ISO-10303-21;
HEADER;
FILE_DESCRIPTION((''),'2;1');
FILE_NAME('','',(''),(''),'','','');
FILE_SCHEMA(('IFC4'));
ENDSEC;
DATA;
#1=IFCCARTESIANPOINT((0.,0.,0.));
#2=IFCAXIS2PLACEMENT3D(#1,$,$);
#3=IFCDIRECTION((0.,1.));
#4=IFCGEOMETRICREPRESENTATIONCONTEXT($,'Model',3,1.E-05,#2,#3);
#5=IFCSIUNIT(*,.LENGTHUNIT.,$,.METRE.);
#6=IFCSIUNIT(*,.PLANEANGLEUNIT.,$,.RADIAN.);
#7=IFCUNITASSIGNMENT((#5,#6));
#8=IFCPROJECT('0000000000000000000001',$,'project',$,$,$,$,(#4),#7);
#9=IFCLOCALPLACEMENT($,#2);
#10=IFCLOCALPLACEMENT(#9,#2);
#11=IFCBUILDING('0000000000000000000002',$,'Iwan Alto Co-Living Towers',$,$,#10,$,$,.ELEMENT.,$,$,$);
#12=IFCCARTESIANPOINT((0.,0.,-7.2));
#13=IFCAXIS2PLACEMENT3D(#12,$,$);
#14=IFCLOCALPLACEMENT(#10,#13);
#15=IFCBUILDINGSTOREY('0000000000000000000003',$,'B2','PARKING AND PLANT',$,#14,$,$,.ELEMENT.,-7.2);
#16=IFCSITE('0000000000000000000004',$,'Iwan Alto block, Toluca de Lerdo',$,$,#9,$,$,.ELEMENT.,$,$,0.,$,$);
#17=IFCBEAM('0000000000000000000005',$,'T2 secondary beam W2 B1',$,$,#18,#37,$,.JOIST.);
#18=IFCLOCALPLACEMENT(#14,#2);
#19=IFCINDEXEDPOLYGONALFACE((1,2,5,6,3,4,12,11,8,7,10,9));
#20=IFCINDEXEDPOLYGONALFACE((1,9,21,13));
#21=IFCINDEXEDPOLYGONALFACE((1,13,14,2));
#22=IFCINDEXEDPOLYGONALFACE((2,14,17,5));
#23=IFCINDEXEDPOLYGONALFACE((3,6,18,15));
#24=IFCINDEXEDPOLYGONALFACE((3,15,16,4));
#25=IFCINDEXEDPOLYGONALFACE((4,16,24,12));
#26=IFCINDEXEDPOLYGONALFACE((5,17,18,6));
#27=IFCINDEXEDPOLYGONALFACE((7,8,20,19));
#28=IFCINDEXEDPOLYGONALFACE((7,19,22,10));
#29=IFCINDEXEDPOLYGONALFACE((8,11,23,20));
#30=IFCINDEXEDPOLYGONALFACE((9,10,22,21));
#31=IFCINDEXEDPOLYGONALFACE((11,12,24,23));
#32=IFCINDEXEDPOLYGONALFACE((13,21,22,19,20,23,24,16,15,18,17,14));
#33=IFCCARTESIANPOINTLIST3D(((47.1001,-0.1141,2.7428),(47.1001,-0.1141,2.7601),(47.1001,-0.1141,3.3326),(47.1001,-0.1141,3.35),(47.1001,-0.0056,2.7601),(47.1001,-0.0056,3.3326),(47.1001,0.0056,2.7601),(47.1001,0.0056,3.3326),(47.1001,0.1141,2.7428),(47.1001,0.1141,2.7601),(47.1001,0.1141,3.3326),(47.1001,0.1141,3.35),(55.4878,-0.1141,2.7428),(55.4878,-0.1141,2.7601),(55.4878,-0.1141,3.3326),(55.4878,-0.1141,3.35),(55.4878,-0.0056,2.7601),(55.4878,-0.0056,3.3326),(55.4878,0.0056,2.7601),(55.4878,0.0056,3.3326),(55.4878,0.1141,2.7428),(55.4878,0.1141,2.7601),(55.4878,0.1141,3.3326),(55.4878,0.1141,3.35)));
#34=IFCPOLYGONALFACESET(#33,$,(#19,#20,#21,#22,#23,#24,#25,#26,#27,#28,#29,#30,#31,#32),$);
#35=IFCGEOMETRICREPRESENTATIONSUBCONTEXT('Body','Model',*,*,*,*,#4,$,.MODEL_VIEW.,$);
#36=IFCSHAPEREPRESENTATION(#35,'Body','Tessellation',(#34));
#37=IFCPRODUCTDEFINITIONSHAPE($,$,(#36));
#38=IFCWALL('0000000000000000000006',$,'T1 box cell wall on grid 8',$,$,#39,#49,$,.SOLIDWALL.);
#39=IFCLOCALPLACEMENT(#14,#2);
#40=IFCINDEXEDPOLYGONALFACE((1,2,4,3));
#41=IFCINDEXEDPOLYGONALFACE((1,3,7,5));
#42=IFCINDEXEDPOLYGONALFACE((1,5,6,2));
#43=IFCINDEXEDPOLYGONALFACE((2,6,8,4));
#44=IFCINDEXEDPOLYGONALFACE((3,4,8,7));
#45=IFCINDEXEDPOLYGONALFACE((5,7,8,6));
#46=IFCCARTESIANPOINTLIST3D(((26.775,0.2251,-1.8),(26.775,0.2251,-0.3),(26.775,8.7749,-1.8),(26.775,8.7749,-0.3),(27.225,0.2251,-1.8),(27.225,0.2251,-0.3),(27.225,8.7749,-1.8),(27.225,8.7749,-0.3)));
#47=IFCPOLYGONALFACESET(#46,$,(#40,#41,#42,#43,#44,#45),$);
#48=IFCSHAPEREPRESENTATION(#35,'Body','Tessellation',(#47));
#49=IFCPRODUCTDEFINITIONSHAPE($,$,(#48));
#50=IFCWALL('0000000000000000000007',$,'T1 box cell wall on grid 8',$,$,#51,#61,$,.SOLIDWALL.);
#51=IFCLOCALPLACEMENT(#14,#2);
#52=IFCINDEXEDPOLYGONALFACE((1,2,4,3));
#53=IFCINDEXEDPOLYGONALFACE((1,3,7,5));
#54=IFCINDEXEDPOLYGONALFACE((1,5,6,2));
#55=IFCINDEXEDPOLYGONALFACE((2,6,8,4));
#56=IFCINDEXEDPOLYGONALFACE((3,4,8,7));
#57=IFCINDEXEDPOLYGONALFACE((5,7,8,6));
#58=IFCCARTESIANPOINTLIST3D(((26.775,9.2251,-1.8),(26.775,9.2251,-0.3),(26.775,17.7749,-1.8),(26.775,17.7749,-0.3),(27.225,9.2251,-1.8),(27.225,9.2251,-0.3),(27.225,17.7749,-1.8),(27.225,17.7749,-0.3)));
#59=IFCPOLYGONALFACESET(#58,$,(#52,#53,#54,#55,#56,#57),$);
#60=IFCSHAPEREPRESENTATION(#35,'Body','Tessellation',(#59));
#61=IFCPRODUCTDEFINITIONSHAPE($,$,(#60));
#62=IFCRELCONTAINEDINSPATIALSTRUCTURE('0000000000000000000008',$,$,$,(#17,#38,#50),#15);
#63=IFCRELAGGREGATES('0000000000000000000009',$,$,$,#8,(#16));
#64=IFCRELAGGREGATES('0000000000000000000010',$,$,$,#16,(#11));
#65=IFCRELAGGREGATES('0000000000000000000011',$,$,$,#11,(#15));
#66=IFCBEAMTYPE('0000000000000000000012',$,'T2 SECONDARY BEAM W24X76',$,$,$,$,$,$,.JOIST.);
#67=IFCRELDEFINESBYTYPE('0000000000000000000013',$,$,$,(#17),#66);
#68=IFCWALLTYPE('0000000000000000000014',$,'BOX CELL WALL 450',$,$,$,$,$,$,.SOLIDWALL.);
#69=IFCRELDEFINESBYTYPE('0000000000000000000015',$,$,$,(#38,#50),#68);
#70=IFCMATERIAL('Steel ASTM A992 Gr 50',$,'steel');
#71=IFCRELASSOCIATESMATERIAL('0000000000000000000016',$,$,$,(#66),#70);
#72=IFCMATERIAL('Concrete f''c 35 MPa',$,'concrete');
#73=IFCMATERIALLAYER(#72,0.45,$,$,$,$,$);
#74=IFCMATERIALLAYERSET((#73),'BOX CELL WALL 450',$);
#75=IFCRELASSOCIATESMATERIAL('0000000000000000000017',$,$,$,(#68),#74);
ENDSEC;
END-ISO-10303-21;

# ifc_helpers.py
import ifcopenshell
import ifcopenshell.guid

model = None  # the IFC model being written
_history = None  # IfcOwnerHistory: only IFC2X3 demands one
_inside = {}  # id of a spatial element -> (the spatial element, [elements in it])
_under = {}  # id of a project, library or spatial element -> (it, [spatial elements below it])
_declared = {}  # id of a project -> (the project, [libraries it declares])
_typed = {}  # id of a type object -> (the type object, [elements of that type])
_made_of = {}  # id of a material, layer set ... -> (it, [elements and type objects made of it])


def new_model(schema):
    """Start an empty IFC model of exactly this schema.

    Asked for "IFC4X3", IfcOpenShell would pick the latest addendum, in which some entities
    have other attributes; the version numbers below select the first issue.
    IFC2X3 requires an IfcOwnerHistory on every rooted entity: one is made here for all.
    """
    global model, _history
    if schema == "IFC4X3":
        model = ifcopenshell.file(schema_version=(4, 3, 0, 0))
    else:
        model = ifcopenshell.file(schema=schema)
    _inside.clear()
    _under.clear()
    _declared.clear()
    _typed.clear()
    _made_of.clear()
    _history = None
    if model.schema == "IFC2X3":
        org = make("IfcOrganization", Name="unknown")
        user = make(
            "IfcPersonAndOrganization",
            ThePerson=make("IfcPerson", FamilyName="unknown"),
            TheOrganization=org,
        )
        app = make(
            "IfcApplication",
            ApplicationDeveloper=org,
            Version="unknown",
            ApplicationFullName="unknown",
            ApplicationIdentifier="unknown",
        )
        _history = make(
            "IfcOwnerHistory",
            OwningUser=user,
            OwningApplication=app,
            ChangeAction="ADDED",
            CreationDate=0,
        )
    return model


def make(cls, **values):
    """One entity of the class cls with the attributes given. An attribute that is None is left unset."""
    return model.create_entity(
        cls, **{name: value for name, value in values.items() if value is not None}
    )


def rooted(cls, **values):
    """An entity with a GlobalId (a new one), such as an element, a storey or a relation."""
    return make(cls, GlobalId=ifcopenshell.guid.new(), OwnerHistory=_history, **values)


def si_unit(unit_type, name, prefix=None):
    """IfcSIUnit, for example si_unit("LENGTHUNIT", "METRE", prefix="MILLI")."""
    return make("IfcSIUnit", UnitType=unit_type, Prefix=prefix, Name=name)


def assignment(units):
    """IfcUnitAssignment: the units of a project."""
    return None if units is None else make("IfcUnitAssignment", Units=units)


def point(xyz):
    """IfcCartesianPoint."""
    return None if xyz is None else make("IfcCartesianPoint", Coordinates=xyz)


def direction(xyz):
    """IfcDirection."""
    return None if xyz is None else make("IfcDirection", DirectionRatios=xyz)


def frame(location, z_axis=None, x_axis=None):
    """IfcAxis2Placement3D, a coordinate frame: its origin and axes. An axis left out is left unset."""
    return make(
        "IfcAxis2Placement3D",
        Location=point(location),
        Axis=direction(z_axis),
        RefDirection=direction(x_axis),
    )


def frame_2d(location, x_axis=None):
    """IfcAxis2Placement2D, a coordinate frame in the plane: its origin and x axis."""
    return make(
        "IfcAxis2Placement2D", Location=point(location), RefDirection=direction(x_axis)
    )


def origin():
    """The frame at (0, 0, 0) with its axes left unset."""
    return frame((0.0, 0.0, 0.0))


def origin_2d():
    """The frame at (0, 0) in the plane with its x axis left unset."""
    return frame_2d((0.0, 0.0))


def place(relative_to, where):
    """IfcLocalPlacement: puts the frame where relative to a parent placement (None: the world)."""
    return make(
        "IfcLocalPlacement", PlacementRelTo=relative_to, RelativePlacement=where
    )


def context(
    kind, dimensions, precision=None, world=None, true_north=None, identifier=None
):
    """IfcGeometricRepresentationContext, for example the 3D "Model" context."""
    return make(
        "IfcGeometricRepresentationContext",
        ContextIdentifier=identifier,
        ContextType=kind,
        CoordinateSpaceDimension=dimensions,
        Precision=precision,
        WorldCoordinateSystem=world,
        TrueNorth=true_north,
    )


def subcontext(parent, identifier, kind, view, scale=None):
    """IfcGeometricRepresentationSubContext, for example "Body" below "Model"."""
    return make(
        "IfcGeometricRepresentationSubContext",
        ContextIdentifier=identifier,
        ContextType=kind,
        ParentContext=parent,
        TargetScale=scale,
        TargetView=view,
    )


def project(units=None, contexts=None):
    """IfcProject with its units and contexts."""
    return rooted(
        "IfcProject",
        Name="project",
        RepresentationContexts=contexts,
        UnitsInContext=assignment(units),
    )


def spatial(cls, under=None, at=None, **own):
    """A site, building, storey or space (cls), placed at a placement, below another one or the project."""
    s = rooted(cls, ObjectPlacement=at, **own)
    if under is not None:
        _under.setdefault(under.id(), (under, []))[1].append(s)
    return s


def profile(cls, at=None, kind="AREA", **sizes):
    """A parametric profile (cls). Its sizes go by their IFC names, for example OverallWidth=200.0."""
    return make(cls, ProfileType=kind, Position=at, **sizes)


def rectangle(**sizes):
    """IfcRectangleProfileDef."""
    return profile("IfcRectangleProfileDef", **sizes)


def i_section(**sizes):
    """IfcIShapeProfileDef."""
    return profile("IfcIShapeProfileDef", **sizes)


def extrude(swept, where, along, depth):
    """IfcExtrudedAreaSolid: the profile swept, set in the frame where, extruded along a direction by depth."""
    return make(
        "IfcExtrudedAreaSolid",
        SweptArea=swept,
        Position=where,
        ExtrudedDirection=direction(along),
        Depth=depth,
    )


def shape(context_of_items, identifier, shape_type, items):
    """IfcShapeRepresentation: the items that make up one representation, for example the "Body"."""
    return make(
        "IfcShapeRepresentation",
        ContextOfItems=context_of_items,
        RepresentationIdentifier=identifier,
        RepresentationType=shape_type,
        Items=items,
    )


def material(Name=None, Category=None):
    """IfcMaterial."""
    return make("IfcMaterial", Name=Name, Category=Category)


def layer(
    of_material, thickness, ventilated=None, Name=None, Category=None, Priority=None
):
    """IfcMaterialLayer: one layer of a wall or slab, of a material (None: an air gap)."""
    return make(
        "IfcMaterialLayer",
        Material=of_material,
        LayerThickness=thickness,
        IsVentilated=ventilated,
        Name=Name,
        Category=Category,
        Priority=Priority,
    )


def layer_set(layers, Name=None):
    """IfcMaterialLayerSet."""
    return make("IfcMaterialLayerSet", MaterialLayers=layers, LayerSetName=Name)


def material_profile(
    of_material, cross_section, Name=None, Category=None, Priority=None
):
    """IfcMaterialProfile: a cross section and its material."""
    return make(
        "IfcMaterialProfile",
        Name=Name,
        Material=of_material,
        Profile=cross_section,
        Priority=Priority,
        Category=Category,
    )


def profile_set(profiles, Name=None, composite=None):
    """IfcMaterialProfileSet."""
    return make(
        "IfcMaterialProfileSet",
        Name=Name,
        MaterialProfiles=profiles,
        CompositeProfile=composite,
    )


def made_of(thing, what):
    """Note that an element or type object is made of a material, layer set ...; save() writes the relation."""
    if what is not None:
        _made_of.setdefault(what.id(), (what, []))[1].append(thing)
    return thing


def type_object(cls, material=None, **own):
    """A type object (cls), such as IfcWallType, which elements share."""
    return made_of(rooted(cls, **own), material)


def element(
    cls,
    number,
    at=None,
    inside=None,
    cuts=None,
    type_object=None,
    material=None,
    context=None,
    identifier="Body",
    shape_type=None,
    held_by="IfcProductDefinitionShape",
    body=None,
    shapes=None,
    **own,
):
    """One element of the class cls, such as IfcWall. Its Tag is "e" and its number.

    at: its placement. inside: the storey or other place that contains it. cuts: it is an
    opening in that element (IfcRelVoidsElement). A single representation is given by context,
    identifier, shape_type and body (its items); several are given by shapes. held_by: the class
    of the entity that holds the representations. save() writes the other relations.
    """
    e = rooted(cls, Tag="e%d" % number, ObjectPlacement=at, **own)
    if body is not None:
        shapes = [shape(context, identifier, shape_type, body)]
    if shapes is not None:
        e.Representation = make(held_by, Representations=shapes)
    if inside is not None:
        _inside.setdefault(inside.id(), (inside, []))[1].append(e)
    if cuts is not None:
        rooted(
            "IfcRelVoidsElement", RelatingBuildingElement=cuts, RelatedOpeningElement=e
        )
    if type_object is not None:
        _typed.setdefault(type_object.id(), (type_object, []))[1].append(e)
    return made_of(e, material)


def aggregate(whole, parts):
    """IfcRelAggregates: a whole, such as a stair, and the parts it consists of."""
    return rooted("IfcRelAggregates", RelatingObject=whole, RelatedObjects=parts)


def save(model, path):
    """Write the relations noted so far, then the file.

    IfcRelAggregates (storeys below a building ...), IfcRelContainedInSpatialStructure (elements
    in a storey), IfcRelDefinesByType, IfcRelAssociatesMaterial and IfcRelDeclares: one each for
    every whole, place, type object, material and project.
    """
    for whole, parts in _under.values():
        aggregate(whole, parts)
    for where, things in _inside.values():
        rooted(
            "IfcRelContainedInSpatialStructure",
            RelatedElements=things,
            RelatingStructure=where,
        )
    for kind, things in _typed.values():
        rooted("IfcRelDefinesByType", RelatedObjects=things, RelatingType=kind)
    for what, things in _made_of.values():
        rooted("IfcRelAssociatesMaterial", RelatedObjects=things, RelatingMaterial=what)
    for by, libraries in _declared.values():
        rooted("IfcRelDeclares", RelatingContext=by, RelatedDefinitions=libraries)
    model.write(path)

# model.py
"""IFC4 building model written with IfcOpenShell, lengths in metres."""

from ifc_helpers import new_model, si_unit, direction, frame, frame_2d, origin, origin_2d, place, context, subcontext, project, spatial, rectangle, i_section, extrude, material, layer, layer_set, material_profile, profile_set, type_object, element, save


model = new_model("IFC4")

# Units and contexts
model_context = context("Model", 3, precision=1e-05, world=origin(), true_north=direction((0.0, 1.0)))
body_context = subcontext(model_context, "Body", "Model", "MODEL_VIEW")
ifc_project = project(units=[si_unit("LENGTHUNIT", "METRE"), si_unit("PLANEANGLEUNIT", "RADIAN")], contexts=[model_context])

# Site, building, storey
site_placement = place(None, origin())
site = spatial("IfcSite", under=ifc_project, at=site_placement, Name="Iwan Alto block, Toluca de Lerdo", CompositionType="ELEMENT", RefElevation=0.0)
building_placement = place(site_placement, origin())
building = spatial("IfcBuilding", under=site, at=building_placement, Name="Iwan Alto Co-Living Towers", CompositionType="ELEMENT")
storey_placement = place(building_placement, frame((0.0, 0.0, -7.2)))
storey = spatial("IfcBuildingStorey", under=building, at=storey_placement, Name="B2", Description="PARKING AND PLANT", CompositionType="ELEMENT", Elevation=-7.2)

# Beam
ifc_material_1 = material(Name="Steel ASTM A992 Gr 50", Category="steel")
ifc_material_profile_1 = material_profile(ifc_material_1, i_section(OverallWidth=0.2283, OverallDepth=0.6072, WebThickness=0.0112, FlangeThickness=0.0173, at=origin_2d()), Name="W24X76")
ifc_profile_set_1 = profile_set([ifc_material_profile_1], Name="Steel ASTM A992 Gr 50")
beam_type_1 = type_object("IfcBeamType", Name="T2 SECONDARY BEAM W24X76", PredefinedType="JOIST", material=ifc_profile_set_1)
for number, where, z_axis, x_axis, name in (
    (1, (47.1001, 0.0, 3.0464), (1.0, 0.0, 0.0), (0.0, 1.0, 0.0), "T2 secondary beam W2 B1"),
):
    element("IfcBeam", number, at=place(storey_placement, frame(where, z_axis=z_axis, x_axis=x_axis)), inside=storey, type_object=beam_type_1, Name=name, PredefinedType="JOIST", context=body_context, shape_type="SweptSolid", body=[
        extrude(i_section(OverallWidth=0.2283, OverallDepth=0.6072, WebThickness=0.0112, FlangeThickness=0.0173, at=origin_2d()), origin(), (0.0, 0.0, 1.0), 8.3877),
    ])

# Walls
ifc_material_2 = material(Name="Concrete f'c 35 MPa", Category="concrete")
ifc_layer = layer(ifc_material_2, 0.45)
ifc_layer_set = layer_set([ifc_layer], Name="BOX CELL WALL 450")
wall_type = type_object("IfcWallType", Name="BOX CELL WALL 450", PredefinedType="SOLIDWALL", material=ifc_layer_set)
for number, where, z_axis, x_axis, name in (
    (2, (27.0, 0.2251, -1.8), (0.0, 0.0, 1.0), (0.0, 1.0, 0.0), "T1 box cell wall on grid 8"),
    (3, (27.0, 9.2251, -1.8), (0.0, 0.0, 1.0), (0.0, 1.0, 0.0), "T1 box cell wall on grid 8"),
):
    element("IfcWall", number, at=place(storey_placement, frame(where, z_axis=z_axis, x_axis=x_axis)), inside=storey, type_object=wall_type, Name=name, PredefinedType="SOLIDWALL", context=body_context, shape_type="SweptSolid", body=[
        extrude(rectangle(XDim=8.5498, YDim=0.45, at=frame_2d((4.2749, 0.0))), origin(), (0.0, 0.0, 1.0), 1.5),
    ])

save(model, "model.ifc")
